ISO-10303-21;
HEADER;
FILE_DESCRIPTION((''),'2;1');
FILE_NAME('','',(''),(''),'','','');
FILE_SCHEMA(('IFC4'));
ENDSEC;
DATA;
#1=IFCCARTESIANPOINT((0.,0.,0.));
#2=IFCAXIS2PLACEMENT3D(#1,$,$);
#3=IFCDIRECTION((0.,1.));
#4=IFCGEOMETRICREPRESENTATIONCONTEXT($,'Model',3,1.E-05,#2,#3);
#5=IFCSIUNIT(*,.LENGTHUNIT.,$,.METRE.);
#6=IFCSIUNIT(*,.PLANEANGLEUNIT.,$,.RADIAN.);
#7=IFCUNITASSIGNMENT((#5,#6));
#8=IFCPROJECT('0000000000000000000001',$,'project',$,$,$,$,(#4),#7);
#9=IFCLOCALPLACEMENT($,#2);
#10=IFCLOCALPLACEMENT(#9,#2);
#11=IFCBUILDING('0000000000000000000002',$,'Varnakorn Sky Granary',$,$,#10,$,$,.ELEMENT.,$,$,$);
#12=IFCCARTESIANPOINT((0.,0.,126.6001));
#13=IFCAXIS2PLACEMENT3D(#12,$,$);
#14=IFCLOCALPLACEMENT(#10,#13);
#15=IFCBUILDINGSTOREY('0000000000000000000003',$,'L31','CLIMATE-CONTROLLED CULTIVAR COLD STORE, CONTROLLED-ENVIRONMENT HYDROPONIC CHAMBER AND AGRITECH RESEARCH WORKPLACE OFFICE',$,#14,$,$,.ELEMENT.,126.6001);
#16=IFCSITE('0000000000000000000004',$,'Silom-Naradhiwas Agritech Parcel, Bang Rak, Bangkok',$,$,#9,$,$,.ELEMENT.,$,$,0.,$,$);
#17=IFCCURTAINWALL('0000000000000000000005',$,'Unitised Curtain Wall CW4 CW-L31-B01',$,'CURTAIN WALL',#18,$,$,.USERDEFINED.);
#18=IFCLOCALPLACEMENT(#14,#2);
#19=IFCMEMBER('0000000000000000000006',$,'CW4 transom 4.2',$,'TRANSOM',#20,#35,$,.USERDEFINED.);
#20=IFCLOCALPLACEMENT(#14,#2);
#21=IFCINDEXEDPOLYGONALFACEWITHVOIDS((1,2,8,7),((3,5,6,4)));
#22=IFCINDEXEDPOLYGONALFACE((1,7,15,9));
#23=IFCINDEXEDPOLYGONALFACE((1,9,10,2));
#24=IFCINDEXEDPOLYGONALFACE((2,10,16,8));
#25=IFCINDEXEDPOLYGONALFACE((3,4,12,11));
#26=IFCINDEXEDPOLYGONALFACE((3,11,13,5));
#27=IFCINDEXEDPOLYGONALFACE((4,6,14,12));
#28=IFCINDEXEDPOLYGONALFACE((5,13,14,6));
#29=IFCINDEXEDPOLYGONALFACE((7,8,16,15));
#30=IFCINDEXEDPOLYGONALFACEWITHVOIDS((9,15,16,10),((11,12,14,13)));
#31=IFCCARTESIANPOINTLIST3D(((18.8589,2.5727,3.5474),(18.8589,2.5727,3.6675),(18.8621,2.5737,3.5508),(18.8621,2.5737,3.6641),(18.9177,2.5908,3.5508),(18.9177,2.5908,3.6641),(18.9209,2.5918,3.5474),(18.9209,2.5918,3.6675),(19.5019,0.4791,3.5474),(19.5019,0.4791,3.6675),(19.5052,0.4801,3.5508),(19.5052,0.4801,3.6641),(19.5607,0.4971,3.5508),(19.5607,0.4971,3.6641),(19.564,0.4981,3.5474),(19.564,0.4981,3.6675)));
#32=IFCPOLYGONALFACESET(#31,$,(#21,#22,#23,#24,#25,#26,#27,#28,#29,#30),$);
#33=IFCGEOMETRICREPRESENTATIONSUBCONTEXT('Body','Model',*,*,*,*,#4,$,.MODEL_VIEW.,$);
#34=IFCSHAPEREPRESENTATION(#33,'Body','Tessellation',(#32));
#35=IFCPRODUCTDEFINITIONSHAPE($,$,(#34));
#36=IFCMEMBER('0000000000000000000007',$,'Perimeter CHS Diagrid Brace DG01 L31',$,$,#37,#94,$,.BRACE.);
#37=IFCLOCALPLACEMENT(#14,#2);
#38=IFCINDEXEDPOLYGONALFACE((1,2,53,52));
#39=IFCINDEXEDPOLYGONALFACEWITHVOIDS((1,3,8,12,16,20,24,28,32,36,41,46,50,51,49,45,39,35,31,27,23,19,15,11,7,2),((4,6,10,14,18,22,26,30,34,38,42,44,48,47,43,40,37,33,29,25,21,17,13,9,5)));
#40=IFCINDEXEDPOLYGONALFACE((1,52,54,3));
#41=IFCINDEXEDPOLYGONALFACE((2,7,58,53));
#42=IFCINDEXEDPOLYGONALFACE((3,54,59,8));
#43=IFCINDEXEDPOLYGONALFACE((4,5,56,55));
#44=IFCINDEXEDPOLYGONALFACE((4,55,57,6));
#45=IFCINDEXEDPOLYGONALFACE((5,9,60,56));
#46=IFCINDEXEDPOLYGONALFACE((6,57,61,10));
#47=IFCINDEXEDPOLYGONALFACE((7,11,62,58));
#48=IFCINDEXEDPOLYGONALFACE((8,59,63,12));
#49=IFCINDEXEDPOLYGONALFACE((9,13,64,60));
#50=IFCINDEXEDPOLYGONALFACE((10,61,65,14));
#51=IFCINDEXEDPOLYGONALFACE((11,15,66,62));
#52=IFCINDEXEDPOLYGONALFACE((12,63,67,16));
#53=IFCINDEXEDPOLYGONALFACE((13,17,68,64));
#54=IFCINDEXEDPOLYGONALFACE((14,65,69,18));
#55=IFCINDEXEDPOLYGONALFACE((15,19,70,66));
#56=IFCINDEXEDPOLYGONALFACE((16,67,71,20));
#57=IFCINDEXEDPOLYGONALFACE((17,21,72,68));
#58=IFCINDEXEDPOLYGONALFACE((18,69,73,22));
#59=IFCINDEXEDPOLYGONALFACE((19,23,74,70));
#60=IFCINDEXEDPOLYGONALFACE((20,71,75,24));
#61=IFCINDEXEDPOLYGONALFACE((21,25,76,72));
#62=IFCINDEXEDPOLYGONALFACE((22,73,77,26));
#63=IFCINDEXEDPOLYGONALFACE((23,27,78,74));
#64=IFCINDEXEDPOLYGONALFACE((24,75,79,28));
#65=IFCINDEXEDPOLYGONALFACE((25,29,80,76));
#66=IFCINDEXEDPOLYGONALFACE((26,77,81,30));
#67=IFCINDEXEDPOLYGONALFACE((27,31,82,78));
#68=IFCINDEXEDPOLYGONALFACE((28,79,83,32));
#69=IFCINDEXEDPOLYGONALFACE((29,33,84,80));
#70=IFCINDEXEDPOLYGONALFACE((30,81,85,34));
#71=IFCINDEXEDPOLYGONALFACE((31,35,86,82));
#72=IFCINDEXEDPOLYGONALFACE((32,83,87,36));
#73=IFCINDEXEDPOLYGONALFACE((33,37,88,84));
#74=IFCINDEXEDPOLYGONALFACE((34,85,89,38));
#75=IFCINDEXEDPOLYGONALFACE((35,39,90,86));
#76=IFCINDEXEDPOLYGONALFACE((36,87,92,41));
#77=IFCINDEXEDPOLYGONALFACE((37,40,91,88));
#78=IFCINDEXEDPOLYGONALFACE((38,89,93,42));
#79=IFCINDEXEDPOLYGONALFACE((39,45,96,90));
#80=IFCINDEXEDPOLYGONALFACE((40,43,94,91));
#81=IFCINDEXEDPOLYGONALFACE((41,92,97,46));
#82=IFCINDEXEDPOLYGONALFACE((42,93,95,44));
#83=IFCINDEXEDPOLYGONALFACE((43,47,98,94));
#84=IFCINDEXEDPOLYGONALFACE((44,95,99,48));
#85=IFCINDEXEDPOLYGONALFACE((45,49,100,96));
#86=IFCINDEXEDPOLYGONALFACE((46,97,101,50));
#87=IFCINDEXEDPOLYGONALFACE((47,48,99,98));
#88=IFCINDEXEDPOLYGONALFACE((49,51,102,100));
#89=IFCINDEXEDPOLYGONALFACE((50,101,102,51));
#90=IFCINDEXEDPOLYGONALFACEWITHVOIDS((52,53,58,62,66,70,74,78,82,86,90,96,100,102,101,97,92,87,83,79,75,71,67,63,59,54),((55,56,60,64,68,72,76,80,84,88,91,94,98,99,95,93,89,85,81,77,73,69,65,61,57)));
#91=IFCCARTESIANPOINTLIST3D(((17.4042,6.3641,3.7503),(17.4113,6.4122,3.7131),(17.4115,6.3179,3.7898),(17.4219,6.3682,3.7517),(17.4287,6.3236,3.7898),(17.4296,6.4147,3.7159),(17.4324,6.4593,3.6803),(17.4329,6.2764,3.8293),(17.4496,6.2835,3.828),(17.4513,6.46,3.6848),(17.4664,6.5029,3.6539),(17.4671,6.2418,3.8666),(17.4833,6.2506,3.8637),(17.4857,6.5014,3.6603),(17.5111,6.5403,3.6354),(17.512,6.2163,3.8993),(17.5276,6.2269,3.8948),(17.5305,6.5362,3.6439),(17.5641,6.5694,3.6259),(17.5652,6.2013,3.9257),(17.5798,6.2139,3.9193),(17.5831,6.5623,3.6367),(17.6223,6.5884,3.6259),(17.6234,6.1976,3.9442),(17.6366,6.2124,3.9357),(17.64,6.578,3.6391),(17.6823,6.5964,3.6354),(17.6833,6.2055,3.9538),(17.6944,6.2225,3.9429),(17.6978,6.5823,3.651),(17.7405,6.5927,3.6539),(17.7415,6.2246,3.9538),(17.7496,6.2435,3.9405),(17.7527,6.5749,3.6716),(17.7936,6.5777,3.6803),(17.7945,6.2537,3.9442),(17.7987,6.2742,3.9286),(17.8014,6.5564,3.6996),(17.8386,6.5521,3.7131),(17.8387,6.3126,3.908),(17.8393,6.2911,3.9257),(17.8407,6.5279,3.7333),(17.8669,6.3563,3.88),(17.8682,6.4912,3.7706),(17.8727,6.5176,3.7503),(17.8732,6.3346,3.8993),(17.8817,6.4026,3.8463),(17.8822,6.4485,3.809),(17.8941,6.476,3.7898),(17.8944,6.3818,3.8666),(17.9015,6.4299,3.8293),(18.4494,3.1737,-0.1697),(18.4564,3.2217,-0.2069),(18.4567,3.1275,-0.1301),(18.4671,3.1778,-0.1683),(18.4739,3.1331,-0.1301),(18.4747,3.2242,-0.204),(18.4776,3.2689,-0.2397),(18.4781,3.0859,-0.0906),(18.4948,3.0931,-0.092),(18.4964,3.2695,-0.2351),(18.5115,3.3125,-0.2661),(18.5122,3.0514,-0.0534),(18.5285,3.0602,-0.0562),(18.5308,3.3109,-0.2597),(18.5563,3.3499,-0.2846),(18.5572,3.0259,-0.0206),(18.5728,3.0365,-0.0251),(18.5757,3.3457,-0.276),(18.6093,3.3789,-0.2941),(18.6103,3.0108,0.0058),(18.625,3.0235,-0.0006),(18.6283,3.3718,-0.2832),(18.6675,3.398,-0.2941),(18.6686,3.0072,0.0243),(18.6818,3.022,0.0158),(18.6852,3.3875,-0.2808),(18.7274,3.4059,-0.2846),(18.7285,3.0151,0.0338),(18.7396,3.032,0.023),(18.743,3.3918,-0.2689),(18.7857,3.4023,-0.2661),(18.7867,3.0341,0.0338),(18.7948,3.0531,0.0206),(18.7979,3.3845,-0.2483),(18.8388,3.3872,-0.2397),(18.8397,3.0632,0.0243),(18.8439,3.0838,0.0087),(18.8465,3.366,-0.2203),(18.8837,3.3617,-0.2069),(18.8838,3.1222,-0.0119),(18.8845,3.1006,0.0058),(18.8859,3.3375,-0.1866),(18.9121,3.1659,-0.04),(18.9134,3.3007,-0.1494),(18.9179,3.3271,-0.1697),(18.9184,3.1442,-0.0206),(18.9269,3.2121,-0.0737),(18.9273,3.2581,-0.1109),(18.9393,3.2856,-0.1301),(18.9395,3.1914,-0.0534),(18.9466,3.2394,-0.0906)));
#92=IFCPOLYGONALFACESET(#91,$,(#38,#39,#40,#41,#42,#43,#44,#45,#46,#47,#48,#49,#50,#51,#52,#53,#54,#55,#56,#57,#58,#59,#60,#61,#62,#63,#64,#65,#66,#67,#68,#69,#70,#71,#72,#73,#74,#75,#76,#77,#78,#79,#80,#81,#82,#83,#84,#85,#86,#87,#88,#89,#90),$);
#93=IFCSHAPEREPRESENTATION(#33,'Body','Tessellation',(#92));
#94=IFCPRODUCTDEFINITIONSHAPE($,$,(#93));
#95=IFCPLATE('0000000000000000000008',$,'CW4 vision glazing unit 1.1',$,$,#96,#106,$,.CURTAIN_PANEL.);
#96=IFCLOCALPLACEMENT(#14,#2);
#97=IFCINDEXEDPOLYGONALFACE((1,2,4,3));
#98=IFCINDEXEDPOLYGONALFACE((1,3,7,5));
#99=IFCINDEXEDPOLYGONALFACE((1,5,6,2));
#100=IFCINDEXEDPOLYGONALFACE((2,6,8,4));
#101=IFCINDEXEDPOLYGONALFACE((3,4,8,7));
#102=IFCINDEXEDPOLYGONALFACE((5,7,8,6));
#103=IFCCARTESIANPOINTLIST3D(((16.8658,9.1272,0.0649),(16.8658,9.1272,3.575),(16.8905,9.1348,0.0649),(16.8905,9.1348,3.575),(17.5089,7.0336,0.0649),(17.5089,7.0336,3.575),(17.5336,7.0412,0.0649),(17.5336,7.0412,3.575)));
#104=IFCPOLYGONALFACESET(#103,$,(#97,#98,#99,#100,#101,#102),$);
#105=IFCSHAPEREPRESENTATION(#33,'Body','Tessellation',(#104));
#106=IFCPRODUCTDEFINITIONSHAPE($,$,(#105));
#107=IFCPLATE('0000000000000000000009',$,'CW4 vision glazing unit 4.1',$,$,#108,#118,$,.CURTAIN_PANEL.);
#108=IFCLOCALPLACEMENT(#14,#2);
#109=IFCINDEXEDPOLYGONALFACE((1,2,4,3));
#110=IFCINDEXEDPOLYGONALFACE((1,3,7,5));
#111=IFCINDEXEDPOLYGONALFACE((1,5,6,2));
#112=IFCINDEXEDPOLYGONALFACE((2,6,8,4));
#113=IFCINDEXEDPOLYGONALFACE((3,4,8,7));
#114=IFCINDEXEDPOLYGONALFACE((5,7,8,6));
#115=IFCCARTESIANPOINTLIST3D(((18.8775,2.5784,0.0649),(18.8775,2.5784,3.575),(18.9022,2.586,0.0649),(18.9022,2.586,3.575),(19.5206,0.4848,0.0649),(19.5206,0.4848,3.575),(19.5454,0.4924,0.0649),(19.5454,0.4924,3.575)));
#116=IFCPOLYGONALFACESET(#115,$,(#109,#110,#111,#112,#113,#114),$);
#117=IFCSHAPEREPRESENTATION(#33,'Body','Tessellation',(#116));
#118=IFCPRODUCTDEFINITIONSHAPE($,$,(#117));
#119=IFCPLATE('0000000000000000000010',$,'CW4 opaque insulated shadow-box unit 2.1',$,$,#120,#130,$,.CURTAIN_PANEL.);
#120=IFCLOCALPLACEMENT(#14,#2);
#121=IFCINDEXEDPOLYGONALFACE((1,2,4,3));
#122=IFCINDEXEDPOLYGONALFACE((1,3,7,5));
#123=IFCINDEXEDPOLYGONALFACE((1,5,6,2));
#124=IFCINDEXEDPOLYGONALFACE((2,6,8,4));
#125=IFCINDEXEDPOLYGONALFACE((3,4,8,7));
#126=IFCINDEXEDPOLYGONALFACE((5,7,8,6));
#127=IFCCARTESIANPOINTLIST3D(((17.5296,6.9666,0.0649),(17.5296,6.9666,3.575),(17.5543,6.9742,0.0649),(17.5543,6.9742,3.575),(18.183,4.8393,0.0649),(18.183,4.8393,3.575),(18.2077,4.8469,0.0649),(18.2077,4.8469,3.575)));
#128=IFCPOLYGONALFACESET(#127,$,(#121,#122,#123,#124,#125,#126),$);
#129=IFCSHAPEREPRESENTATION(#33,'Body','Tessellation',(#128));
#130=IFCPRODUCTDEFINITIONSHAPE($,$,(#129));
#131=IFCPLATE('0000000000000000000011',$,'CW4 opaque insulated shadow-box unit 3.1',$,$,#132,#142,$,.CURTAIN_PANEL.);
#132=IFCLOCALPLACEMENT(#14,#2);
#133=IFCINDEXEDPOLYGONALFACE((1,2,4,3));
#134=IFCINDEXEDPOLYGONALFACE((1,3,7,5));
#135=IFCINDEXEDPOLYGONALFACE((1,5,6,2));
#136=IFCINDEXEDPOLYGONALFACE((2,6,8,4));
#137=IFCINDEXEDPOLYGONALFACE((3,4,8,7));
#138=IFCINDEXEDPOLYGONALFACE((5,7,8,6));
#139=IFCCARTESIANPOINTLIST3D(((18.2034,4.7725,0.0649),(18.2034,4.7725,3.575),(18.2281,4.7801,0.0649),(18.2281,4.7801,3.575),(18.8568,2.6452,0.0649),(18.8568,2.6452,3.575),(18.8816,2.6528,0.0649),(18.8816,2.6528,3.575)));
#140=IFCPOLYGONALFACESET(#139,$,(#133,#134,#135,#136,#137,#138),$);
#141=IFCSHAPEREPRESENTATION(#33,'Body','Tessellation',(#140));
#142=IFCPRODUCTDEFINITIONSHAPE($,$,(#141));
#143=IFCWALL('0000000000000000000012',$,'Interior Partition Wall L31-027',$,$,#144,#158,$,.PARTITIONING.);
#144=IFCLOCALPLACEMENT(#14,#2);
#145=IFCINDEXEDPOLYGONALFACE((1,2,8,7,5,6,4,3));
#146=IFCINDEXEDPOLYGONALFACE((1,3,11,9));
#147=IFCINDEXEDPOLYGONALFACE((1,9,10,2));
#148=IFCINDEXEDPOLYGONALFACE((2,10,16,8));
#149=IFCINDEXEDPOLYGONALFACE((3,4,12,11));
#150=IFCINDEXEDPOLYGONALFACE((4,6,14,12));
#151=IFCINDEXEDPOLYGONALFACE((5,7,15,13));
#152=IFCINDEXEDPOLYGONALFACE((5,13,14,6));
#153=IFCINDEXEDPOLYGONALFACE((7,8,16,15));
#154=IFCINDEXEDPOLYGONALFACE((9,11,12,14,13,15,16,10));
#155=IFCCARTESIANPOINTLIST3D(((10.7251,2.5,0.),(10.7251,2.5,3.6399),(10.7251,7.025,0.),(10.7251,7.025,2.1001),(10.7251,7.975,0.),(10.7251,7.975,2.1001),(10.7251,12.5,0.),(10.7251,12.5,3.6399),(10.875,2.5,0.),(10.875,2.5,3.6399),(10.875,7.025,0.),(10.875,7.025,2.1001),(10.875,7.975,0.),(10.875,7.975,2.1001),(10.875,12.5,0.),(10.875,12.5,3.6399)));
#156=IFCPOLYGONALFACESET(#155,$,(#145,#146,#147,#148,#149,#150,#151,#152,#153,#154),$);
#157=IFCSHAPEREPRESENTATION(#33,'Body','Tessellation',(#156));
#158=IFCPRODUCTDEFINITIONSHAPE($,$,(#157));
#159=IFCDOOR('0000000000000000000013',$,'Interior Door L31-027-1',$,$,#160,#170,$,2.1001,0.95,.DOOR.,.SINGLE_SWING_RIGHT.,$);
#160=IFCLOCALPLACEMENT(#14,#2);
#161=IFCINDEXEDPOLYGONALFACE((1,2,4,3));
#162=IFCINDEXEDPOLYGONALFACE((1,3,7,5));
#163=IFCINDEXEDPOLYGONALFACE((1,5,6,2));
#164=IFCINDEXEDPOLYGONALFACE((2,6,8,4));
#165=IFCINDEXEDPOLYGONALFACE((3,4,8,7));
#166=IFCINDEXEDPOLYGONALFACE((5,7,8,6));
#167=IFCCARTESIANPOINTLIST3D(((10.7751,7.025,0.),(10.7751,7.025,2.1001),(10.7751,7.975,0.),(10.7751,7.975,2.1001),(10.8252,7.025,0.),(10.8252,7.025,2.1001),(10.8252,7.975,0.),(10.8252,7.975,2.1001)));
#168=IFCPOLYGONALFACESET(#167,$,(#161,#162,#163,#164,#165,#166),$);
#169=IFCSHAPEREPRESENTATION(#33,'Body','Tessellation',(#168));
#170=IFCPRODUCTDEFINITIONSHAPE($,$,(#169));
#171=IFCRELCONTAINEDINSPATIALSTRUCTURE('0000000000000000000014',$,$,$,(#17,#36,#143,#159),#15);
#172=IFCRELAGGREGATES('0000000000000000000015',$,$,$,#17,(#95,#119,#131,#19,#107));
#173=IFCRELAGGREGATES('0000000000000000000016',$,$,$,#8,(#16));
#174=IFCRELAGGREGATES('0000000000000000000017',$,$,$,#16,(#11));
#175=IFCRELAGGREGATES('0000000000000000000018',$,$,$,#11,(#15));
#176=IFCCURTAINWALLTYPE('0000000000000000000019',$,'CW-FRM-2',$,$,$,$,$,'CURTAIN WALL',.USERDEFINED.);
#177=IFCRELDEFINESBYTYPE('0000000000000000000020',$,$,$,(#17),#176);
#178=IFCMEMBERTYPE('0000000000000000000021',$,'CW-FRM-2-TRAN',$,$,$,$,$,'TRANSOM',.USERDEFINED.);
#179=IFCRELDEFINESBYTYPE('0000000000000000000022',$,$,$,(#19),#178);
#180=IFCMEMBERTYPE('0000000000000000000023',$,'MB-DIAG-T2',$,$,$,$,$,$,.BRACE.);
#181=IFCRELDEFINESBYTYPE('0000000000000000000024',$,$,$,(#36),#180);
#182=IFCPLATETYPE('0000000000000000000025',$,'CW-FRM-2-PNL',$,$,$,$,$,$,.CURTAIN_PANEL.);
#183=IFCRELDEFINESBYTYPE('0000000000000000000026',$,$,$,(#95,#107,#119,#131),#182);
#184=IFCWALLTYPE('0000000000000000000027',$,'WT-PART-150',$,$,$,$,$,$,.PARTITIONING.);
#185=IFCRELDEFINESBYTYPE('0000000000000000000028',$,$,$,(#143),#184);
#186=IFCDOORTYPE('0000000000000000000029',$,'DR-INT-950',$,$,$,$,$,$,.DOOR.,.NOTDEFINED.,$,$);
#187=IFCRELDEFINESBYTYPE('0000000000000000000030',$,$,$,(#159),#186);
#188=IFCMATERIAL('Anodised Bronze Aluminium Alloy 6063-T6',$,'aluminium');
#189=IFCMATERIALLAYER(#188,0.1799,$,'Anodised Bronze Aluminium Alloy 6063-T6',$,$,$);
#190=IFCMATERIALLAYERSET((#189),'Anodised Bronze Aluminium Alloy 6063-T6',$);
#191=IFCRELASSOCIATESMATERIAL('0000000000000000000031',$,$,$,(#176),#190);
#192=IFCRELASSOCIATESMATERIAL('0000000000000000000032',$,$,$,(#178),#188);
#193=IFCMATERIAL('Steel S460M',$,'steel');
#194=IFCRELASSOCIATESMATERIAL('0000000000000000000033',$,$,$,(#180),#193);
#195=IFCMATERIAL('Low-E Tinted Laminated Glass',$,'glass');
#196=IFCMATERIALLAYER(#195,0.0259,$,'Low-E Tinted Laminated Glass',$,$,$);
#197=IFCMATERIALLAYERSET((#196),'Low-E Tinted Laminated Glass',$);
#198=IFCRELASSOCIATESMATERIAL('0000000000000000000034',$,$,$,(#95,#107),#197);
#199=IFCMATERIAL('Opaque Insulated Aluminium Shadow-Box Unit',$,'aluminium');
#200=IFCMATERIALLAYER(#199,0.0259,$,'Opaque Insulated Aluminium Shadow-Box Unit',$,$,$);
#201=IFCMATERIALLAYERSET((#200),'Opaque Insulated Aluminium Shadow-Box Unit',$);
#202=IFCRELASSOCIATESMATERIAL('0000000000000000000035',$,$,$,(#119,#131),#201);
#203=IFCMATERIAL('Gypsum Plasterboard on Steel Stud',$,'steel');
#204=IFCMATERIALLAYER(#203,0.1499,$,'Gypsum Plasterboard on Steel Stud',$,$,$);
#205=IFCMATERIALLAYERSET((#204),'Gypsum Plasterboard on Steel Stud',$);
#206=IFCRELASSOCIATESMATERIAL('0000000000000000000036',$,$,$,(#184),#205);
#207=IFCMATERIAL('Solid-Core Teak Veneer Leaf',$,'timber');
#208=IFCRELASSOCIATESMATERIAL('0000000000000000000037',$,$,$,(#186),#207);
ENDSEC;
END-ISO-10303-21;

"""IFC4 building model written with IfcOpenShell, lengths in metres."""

from ifc_helpers import new_model, si_unit, direction, frame, frame_2d, origin, origin_2d, place, context, subcontext, project, spatial, rectangle, hollow_rectangle, hollow_circle, extrude, source, transform, mapped, material, layer, layer_set, material_profile, profile_set, type_object, type_shapes, element, fill, aggregate, save


model = new_model("IFC4")

# Units and contexts
model_context = context("Model", 3, precision=1e-05, world=origin(), true_north=direction((0.0, 1.0)))
body_context = subcontext(model_context, "Body", "Model", "MODEL_VIEW")
ifc_project = project(units=[si_unit("LENGTHUNIT", "METRE"), si_unit("PLANEANGLEUNIT", "RADIAN")], contexts=[model_context])

# Site, building, storey
site_placement = place(None, origin())
site = spatial("IfcSite", under=ifc_project, at=site_placement, Name="Silom-Naradhiwas Agritech Parcel, Bang Rak, Bangkok", CompositionType="ELEMENT", RefElevation=0.0)
building_placement = place(site_placement, origin())
building = spatial("IfcBuilding", under=site, at=building_placement, Name="Varnakorn Sky Granary", CompositionType="ELEMENT")
storey_placement = place(building_placement, frame((0.0, 0.0, 126.6001)))
storey = spatial("IfcBuildingStorey", under=building, at=storey_placement, Name="L31", Description="CLIMATE-CONTROLLED CULTIVAR COLD STORE, CONTROLLED-ENVIRONMENT HYDROPONIC CHAMBER AND AGRITECH RESEARCH WORKPLACE OFFICE", CompositionType="ELEMENT", Elevation=126.6001)

# Curtain wall, member
ifc_material_1 = material(Name="Anodised Bronze Aluminium Alloy 6063-T6", Category="aluminium")
ifc_layer_1 = layer(ifc_material_1, 0.1799, Name="Anodised Bronze Aluminium Alloy 6063-T6")
ifc_layer_set_1 = layer_set([ifc_layer_1], Name="Anodised Bronze Aluminium Alloy 6063-T6")
curtain_wall_type = type_object("IfcCurtainWallType", Name="CW-FRM-2", ElementType="CURTAIN WALL", PredefinedType="USERDEFINED", material=ifc_layer_set_1)
curtain_wall_placement = place(storey_placement, origin())
curtain_wall = element("IfcCurtainWall", 1, at=curtain_wall_placement, inside=storey, type_object=curtain_wall_type, Name="Unitised Curtain Wall CW4 CW-L31-B01", ObjectType="CURTAIN WALL", PredefinedType="USERDEFINED")
ifc_material_profile_1 = material_profile(ifc_material_1, hollow_rectangle(XDim=0.0649, YDim=0.1201, WallThickness=0.0034, at=origin_2d()), Name="ALU TRAN 65x120")
ifc_profile_set_1 = profile_set([ifc_material_profile_1], Name="Anodised Bronze Aluminium Alloy 6063-T6")
member_type_1 = type_object("IfcMemberType", Name="CW-FRM-2-TRAN", ElementType="TRANSOM", PredefinedType="USERDEFINED", material=ifc_profile_set_1)
member_1_placement = place(storey_placement, frame((18.8899, 2.5823, 3.6074), z_axis=(0.2936, -0.955928, 0.0), x_axis=(0.955928, 0.2936, 0.0)))
member_1 = element("IfcMember", 2, at=member_1_placement, type_object=member_type_1, Name="CW4 transom 4.2", ObjectType="TRANSOM", PredefinedType="USERDEFINED", context=body_context, shape_type="SweptSolid", body=[
    extrude(hollow_rectangle(XDim=0.0649, YDim=0.1201, WallThickness=0.0034, at=origin_2d()), origin(), (0.0, 0.0, 1.0), 2.1902),
])

# Member
ifc_material_2 = material(Name="Steel S460M", Category="steel")
ifc_material_profile_2 = material_profile(ifc_material_2, hollow_circle(Radius=0.2539, WallThickness=0.0181, at=origin_2d()), Name="CHS 508x18")
ifc_profile_set_2 = profile_set([ifc_material_profile_2], Name="Steel S460M")
member_type_2 = type_object("IfcMemberType", Name="MB-DIAG-T2", PredefinedType="BRACE", material=ifc_profile_set_2)
member_2_placement = place(storey_placement, frame((18.698, 3.2065, -0.1301), z_axis=(-0.202508, 0.618168, 0.759512), x_axis=(-0.950307, -0.311315, 0.0)))
element("IfcMember", 3, at=member_2_placement, inside=storey, type_object=member_type_2, Name="Perimeter CHS Diagrid Brace DG01 L31", PredefinedType="BRACE", context=body_context, shape_type="SweptSolid", body=[
    extrude(hollow_circle(Radius=0.2539, WallThickness=0.0181, at=origin_2d()), origin(), (0.0, 0.0, 1.0), 5.1611),
])

# Plates
ifc_material_3 = material(Name="Low-E Tinted Laminated Glass", Category="glass")
ifc_layer_2 = layer(ifc_material_3, 0.0259, Name="Low-E Tinted Laminated Glass")
ifc_layer_set_2 = layer_set([ifc_layer_2], Name="Low-E Tinted Laminated Glass")
plate_type = type_object("IfcPlateType", Name="CW-FRM-2-PNL", PredefinedType="CURTAIN_PANEL")
shared_shape_1 = source(origin(), body_context, "Body", "SweptSolid", [
    extrude(rectangle(XDim=2.1902, YDim=0.0259, at=origin_2d()), origin(), (0.0, 0.0, 1.0), 3.51),
])
plate_1_placement = place(storey_placement, frame((17.1997, 8.0842, 0.0649), z_axis=(0.0, 0.0, 1.0), x_axis=(0.293638, -0.955917, 0.0)))
plate_1 = element("IfcPlate", 4, at=plate_1_placement, type_object=plate_type, material=ifc_layer_set_2, Name="CW4 vision glazing unit 1.1", PredefinedType="CURTAIN_PANEL", context=body_context, shape_type="MappedRepresentation", body=[
    mapped(shared_shape_1, transform((0.0, 0.0, 0.0), x_axis=(1.0, 0.0, 0.0), y_axis=(0.0, 1.0, 0.0), z_axis=(0.0, 0.0, 1.0), scale=1.0)),
])
plate_2_placement = place(storey_placement, frame((19.2114, 1.5354, 0.0649), z_axis=(0.0, 0.0, 1.0), x_axis=(0.293638, -0.955917, 0.0)))
plate_2 = element("IfcPlate", 5, at=plate_2_placement, type_object=plate_type, material=ifc_layer_set_2, Name="CW4 vision glazing unit 4.1", PredefinedType="CURTAIN_PANEL", context=body_context, shape_type="MappedRepresentation", body=[
    mapped(shared_shape_1, transform((0.0, 0.0, 0.0), x_axis=(1.0, 0.0, 0.0), y_axis=(0.0, 1.0, 0.0), z_axis=(0.0, 0.0, 1.0), scale=1.0)),
])
ifc_material_4 = material(Name="Opaque Insulated Aluminium Shadow-Box Unit", Category="aluminium")
ifc_layer_3 = layer(ifc_material_4, 0.0259, Name="Opaque Insulated Aluminium Shadow-Box Unit")
ifc_layer_set_3 = layer_set([ifc_layer_3], Name="Opaque Insulated Aluminium Shadow-Box Unit")
shared_shape_2 = source(origin(), body_context, "Body", "SweptSolid", [
    extrude(rectangle(XDim=2.2253, YDim=0.0259, at=origin_2d()), origin(), (0.0, 0.0, 1.0), 3.51),
])
type_shapes(plate_type, [shared_shape_1, shared_shape_2])
plate_3_placement = place(storey_placement, frame((17.8687, 5.9067, 0.0649), z_axis=(0.0, 0.0, 1.0), x_axis=(0.293638, -0.955917, 0.0)))
plate_3 = element("IfcPlate", 6, at=plate_3_placement, type_object=plate_type, material=ifc_layer_set_3, Name="CW4 opaque insulated shadow-box unit 2.1", PredefinedType="CURTAIN_PANEL", context=body_context, shape_type="MappedRepresentation", body=[
    mapped(shared_shape_2, transform((0.0, 0.0, 0.0), x_axis=(1.0, 0.0, 0.0), y_axis=(0.0, 1.0, 0.0), z_axis=(0.0, 0.0, 1.0), scale=1.0)),
])
plate_4_placement = place(storey_placement, frame((18.5425, 3.7126, 0.0649), z_axis=(0.0, 0.0, 1.0), x_axis=(0.293638, -0.955917, 0.0)))
plate_4 = element("IfcPlate", 7, at=plate_4_placement, type_object=plate_type, material=ifc_layer_set_3, Name="CW4 opaque insulated shadow-box unit 3.1", PredefinedType="CURTAIN_PANEL", context=body_context, shape_type="MappedRepresentation", body=[
    mapped(shared_shape_2, transform((0.0, 0.0, 0.0), x_axis=(1.0, 0.0, 0.0), y_axis=(0.0, 1.0, 0.0), z_axis=(0.0, 0.0, 1.0), scale=1.0)),
])
aggregate(curtain_wall, [plate_1, plate_3, plate_4, member_1, plate_2])

# Wall, opening, door
ifc_material_5 = material(Name="Gypsum Plasterboard on Steel Stud", Category="steel")
ifc_layer_4 = layer(ifc_material_5, 0.1499, Name="Gypsum Plasterboard on Steel Stud")
ifc_layer_set_4 = layer_set([ifc_layer_4], Name="Gypsum Plasterboard on Steel Stud")
wall_type = type_object("IfcWallType", Name="WT-PART-150", PredefinedType="PARTITIONING", material=ifc_layer_set_4)
wall_1_placement = place(storey_placement, frame((10.8, 2.5, 0.0), z_axis=(0.0, 0.0, 1.0), x_axis=(0.0, 1.0, 0.0)))
wall_1 = element("IfcWall", 8, at=wall_1_placement, inside=storey, type_object=wall_type, Name="Interior Partition Wall L31-027", PredefinedType="PARTITIONING", context=body_context, shape_type="SweptSolid", body=[
    extrude(rectangle(XDim=10.0, YDim=0.1499, at=frame_2d((5.0, 0.0))), origin(), (0.0, 0.0, 1.0), 3.6399),
])
opening_placement = place(wall_1_placement, frame((4.5249, 0.0, 0.0)))
opening = element("IfcOpeningElement", 9, at=opening_placement, cuts=wall_1, PredefinedType="OPENING", context=body_context, shape_type="SweptSolid", body=[
    extrude(rectangle(XDim=0.95, YDim=2.1001, at=frame_2d((0.4751, 1.05))), frame((0.0, 0.085, 0.0), z_axis=(0.0, -1.0, 0.0), x_axis=(1.0, 0.0, 0.0)), (0.0, 0.0, 1.0), 0.1699),
])
ifc_material_6 = material(Name="Solid-Core Teak Veneer Leaf", Category="timber")
door_type = type_object("IfcDoorType", Name="DR-INT-950", OperationType="NOTDEFINED", PredefinedType="DOOR", material=ifc_material_6)
door_placement = place(opening_placement, origin())
door = element("IfcDoor", 10, at=door_placement, inside=storey, type_object=door_type, Name="Interior Door L31-027-1", OperationType="SINGLE_SWING_RIGHT", OverallHeight=2.1001, OverallWidth=0.95, PredefinedType="DOOR", context=body_context, shape_type="SweptSolid", body=[
    extrude(rectangle(XDim=0.95, YDim=2.1001, at=frame_2d((0.4751, 1.05))), frame((0.0, 0.0249, 0.0), z_axis=(0.0, -1.0, 0.0), x_axis=(1.0, 0.0, 0.0)), (0.0, 0.0, 1.0), 0.05),
])
fill(opening, door)

save(model, "model.ifc")
